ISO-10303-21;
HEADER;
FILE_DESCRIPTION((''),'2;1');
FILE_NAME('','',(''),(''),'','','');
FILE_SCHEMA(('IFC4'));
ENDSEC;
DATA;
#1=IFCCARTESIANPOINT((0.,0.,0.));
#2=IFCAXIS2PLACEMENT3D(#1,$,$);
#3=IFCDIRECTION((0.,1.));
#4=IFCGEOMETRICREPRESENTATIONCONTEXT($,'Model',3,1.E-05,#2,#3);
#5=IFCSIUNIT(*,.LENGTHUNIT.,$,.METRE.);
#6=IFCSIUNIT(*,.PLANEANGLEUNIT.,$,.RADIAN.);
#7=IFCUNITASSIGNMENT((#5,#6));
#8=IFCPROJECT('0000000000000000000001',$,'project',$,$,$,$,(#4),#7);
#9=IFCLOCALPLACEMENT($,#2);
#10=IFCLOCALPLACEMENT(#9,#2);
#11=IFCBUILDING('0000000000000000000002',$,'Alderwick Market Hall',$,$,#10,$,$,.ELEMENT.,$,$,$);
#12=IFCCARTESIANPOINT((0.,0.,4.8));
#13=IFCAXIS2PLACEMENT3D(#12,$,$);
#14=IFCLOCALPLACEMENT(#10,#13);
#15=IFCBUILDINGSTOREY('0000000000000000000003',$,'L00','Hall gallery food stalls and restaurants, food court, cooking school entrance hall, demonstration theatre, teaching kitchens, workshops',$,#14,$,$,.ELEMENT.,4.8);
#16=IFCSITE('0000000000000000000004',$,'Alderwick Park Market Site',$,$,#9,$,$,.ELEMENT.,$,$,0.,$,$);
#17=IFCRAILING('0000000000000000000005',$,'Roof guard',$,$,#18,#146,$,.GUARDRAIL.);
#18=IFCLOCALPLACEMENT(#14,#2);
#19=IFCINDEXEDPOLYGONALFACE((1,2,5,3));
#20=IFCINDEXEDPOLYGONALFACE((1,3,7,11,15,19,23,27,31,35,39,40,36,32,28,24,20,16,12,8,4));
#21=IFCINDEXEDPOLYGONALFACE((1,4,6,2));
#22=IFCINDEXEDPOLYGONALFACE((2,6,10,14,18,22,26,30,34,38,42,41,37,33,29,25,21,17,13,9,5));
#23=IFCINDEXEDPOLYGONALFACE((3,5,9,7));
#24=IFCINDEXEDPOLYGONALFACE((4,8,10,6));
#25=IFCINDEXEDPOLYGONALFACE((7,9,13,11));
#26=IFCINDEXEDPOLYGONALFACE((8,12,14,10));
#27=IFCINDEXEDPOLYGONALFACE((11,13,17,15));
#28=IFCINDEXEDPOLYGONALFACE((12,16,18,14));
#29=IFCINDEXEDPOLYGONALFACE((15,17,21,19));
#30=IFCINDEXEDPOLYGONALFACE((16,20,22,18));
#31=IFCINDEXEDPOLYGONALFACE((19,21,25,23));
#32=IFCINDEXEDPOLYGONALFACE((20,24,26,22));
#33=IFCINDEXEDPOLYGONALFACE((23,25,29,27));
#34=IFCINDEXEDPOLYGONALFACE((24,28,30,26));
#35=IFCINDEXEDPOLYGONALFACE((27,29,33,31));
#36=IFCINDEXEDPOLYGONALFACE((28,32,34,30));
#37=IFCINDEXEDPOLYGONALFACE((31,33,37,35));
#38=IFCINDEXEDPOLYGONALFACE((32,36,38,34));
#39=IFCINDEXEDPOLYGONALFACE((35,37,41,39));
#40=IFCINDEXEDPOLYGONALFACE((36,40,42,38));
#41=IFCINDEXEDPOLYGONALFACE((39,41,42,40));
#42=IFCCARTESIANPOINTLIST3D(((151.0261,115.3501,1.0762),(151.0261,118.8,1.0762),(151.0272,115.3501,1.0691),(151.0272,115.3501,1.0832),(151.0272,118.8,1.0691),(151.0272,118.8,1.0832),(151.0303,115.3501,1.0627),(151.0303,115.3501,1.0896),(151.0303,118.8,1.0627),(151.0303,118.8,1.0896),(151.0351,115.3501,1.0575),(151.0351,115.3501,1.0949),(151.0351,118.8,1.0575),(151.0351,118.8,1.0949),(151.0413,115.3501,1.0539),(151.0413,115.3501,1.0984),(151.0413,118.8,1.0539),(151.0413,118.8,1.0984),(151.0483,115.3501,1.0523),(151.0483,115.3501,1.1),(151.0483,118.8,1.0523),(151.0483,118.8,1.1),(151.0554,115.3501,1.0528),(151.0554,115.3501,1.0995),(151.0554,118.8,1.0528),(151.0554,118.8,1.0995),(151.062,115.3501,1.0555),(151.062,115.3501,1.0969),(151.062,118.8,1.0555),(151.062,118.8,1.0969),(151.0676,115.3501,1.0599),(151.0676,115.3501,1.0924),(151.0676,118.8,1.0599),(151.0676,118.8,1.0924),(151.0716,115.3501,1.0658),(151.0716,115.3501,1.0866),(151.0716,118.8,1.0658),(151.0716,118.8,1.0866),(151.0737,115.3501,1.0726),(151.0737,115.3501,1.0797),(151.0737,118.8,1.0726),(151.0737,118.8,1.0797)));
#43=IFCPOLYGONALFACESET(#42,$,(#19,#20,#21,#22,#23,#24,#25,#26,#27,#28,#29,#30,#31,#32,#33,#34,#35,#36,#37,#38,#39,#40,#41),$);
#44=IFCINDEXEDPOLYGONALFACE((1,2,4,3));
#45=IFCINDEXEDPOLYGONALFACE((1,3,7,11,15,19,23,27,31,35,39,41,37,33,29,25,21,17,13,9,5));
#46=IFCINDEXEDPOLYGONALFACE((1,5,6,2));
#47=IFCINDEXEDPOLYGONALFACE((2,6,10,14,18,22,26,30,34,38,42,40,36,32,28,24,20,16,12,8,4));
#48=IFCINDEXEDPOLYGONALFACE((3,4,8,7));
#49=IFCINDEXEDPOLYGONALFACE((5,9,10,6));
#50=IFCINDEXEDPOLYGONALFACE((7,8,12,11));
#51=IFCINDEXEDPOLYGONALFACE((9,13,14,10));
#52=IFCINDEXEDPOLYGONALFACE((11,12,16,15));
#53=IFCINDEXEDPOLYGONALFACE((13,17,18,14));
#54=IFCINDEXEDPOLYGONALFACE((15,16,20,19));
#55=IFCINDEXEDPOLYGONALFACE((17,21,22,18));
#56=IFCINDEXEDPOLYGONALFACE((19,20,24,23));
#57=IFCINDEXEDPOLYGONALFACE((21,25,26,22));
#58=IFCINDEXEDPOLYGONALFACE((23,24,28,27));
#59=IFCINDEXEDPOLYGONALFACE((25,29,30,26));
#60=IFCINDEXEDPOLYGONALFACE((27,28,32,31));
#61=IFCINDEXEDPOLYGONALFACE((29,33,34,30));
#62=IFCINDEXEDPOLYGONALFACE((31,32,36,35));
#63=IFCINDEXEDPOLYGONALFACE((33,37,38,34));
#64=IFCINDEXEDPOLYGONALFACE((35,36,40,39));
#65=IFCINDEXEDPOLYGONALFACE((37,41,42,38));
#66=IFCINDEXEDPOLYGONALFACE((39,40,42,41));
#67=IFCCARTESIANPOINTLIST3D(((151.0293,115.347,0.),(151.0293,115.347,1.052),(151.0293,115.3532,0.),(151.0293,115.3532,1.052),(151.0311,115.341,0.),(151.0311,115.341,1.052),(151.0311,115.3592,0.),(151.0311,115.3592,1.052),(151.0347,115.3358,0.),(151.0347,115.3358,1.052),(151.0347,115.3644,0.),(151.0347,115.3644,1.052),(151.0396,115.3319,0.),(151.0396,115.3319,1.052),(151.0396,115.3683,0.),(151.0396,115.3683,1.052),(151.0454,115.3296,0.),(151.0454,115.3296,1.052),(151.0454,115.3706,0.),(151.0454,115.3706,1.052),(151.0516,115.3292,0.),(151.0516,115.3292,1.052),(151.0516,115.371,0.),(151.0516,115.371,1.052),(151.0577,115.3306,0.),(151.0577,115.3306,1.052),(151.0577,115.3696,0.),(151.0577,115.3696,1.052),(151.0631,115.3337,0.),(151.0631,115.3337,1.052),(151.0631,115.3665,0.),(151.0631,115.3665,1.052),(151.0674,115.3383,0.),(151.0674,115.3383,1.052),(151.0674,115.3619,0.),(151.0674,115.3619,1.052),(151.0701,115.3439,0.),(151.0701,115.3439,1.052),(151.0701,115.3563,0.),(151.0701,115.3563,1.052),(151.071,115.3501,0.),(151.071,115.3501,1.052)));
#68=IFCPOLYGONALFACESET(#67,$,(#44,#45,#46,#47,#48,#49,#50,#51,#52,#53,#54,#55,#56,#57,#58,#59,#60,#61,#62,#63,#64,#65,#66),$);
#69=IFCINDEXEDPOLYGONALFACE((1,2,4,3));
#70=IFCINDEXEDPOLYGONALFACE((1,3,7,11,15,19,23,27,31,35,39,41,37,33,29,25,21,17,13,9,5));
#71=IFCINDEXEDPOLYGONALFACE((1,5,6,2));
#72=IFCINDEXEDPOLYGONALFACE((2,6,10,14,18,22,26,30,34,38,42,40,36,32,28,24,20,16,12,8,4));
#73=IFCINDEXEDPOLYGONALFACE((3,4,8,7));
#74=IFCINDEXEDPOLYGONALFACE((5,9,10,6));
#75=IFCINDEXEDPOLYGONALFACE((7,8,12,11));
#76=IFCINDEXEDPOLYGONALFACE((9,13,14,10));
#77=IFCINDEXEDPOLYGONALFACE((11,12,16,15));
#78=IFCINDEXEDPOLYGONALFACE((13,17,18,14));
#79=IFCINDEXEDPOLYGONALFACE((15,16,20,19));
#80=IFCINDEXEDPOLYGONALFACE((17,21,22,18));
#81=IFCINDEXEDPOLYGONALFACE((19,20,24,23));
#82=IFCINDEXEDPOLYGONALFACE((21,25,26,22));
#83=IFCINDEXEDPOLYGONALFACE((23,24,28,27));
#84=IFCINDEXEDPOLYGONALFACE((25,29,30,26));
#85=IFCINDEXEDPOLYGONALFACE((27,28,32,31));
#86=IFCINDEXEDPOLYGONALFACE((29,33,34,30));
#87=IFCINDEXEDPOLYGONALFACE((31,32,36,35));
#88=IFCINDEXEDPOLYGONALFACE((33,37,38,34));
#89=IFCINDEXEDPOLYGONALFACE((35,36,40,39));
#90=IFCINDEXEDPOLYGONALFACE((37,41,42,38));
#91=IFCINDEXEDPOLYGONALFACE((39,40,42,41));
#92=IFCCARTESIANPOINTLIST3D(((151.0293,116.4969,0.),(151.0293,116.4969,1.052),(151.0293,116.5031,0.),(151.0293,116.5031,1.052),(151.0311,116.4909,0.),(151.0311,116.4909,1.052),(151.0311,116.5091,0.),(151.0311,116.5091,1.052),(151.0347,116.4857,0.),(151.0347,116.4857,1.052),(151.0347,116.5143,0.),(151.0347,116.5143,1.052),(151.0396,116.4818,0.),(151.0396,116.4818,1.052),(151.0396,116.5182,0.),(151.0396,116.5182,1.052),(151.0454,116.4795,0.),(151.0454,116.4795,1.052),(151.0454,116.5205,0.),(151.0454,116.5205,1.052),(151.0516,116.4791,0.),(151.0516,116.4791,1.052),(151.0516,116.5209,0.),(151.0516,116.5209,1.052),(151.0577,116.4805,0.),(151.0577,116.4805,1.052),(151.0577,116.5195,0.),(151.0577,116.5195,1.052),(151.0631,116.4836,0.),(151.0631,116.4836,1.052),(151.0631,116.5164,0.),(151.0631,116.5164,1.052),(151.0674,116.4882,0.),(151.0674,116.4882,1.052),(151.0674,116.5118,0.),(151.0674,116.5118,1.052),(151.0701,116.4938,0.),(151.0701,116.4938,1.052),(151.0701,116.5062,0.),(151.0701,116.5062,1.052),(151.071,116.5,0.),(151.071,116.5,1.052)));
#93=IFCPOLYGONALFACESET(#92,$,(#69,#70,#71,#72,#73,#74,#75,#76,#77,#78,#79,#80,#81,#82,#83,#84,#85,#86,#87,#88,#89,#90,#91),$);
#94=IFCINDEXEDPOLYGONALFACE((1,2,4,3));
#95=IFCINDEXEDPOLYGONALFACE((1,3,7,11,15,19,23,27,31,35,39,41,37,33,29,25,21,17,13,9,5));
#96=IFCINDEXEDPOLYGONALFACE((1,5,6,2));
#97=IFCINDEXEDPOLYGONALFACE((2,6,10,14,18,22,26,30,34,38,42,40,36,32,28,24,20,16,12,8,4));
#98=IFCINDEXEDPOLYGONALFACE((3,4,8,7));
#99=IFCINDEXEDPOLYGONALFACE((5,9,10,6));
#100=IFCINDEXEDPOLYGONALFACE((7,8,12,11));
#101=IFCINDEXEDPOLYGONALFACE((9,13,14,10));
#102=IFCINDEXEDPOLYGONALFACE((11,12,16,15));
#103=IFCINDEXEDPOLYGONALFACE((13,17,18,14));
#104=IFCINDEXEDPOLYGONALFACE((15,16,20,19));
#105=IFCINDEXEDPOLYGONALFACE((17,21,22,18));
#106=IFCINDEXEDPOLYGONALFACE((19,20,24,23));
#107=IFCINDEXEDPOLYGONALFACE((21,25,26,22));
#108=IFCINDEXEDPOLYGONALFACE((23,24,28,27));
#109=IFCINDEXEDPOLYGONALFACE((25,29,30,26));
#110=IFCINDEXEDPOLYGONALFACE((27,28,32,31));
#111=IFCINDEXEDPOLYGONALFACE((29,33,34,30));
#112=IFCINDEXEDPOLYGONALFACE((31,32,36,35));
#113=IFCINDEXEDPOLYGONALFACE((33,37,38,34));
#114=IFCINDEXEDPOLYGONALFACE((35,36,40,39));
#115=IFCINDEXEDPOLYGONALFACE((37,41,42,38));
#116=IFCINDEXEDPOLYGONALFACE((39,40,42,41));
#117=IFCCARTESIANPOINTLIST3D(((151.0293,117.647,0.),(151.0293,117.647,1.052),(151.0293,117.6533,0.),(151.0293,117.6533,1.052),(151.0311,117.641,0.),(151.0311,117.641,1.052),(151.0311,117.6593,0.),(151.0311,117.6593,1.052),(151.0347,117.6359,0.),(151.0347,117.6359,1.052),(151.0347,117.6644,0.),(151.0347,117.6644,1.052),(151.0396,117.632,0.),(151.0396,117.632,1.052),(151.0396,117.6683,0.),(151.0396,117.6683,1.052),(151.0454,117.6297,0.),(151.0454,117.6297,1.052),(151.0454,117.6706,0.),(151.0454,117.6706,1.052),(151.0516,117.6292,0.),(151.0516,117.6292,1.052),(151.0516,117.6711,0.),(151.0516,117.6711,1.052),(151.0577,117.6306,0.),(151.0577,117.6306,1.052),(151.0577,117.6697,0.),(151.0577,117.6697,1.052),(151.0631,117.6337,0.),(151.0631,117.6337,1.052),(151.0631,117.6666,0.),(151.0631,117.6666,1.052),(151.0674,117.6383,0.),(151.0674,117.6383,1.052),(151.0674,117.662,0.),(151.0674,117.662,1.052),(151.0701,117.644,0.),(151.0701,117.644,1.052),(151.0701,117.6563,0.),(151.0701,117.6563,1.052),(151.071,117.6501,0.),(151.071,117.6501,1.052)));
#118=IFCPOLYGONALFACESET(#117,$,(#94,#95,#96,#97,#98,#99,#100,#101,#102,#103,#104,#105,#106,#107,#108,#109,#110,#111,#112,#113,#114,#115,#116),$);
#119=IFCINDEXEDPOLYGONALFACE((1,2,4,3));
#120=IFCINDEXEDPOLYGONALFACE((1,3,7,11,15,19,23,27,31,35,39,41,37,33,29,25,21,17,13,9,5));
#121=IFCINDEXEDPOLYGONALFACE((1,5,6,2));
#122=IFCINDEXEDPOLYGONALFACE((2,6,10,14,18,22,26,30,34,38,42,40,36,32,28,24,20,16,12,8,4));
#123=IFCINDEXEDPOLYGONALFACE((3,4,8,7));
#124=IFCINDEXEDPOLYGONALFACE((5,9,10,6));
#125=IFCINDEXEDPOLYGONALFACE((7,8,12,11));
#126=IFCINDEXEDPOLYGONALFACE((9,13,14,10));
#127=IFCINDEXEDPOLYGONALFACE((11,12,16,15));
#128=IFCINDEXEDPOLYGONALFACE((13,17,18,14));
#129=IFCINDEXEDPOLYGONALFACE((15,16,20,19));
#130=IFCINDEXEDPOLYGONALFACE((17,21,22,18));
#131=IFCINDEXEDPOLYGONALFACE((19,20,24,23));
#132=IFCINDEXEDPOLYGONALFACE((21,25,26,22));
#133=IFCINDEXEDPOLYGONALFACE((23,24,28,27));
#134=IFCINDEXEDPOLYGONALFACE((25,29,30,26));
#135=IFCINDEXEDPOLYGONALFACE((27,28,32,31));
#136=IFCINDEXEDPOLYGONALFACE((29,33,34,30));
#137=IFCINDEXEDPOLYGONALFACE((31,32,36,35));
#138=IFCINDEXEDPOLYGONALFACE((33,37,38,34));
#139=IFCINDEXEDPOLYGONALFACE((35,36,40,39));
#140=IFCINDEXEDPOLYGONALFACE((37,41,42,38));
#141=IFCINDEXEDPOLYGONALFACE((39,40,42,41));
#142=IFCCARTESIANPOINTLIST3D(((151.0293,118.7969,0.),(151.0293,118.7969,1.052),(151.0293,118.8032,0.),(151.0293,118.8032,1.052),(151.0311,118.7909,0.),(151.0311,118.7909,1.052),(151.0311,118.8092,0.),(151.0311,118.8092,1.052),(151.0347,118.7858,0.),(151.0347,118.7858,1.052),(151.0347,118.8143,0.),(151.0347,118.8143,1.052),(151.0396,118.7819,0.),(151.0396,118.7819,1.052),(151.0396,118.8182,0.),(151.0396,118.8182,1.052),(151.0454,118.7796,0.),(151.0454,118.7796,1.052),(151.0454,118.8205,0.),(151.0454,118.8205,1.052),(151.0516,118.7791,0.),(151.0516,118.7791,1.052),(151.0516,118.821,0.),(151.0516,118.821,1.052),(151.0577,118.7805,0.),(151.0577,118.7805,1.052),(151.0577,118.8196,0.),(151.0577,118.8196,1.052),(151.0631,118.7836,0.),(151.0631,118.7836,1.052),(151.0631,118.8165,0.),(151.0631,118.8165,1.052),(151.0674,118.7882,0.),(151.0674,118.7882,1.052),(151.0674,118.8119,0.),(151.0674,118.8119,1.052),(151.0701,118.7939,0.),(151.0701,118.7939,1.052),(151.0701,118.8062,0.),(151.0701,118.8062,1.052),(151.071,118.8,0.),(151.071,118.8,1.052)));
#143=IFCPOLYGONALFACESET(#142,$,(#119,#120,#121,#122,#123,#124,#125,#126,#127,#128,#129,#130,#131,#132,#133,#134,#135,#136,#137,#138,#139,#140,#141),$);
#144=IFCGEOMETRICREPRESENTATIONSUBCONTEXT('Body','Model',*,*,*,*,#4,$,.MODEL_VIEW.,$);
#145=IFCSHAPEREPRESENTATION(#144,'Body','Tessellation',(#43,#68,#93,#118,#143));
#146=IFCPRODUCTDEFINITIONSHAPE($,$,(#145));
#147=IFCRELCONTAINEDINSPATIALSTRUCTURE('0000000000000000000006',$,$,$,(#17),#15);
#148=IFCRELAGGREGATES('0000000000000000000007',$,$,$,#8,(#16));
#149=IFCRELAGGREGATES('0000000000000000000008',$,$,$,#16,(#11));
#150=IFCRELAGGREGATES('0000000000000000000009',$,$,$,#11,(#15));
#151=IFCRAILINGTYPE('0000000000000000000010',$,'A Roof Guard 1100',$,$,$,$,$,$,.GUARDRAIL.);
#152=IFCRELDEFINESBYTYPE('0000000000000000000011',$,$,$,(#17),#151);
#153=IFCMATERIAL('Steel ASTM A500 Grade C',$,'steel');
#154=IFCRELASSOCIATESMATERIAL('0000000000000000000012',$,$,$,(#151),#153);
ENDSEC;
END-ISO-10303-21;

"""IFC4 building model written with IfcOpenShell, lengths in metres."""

from ifc_helpers import new_model, si_unit, direction, frame, origin, origin_2d, place, context, subcontext, project, spatial, circle, extrude, material, type_object, element, save


model = new_model("IFC4")

# Units and contexts
model_context = context("Model", 3, precision=1e-05, world=origin(), true_north=direction((0.0, 1.0)))
body_context = subcontext(model_context, "Body", "Model", "MODEL_VIEW")
ifc_project = project(units=[si_unit("LENGTHUNIT", "METRE"), si_unit("PLANEANGLEUNIT", "RADIAN")], contexts=[model_context])

# Site, building, storey
site_placement = place(None, origin())
site = spatial("IfcSite", under=ifc_project, at=site_placement, Name="Alderwick Park Market Site", CompositionType="ELEMENT", RefElevation=0.0)
building_placement = place(site_placement, origin())
building = spatial("IfcBuilding", under=site, at=building_placement, Name="Alderwick Market Hall", CompositionType="ELEMENT")
storey_placement = place(building_placement, frame((0.0, 0.0, 4.8)))
storey = spatial("IfcBuildingStorey", under=building, at=storey_placement, Name="L00", Description="Hall gallery food stalls and restaurants, food court, cooking school entrance hall, demonstration theatre, teaching kitchens, workshops", CompositionType="ELEMENT", Elevation=4.8)

# Shared definitions
ifc_material_1 = material(Name="Steel ASTM A500 Grade C", Category="steel")

# Railing
railing_type = type_object("IfcRailingType", Name="A Roof Guard 1100", PredefinedType="GUARDRAIL", material=ifc_material_1)
railing_1_placement = place(storey_placement, frame((151.05, 115.3501, 0.0)))
element("IfcRailing", 1, at=railing_1_placement, inside=storey, type_object=railing_type, Name="Roof guard", PredefinedType="GUARDRAIL", context=body_context, shape_type="SweptSolid", body=[
    extrude(circle(Radius=0.0239, at=origin_2d()), frame((0.0, 0.0, 1.0762), z_axis=(0.0, 1.0, 0.0), x_axis=(-1.0, 0.0, 0.0)), (0.0, 0.0, 1.0), 3.45),
    extrude(circle(Radius=0.021, at=origin_2d()), origin(), (0.0, 0.0, 1.0), 1.052),
    extrude(circle(Radius=0.021, at=origin_2d()), frame((0.0, 1.1499, 0.0)), (0.0, 0.0, 1.0), 1.052),
    extrude(circle(Radius=0.021, at=origin_2d()), frame((0.0, 2.3, 0.0)), (0.0, 0.0, 1.0), 1.052),
    extrude(circle(Radius=0.021, at=origin_2d()), frame((0.0, 3.45, 0.0)), (0.0, 0.0, 1.0), 1.052),
])

save(model, "model.ifc")
